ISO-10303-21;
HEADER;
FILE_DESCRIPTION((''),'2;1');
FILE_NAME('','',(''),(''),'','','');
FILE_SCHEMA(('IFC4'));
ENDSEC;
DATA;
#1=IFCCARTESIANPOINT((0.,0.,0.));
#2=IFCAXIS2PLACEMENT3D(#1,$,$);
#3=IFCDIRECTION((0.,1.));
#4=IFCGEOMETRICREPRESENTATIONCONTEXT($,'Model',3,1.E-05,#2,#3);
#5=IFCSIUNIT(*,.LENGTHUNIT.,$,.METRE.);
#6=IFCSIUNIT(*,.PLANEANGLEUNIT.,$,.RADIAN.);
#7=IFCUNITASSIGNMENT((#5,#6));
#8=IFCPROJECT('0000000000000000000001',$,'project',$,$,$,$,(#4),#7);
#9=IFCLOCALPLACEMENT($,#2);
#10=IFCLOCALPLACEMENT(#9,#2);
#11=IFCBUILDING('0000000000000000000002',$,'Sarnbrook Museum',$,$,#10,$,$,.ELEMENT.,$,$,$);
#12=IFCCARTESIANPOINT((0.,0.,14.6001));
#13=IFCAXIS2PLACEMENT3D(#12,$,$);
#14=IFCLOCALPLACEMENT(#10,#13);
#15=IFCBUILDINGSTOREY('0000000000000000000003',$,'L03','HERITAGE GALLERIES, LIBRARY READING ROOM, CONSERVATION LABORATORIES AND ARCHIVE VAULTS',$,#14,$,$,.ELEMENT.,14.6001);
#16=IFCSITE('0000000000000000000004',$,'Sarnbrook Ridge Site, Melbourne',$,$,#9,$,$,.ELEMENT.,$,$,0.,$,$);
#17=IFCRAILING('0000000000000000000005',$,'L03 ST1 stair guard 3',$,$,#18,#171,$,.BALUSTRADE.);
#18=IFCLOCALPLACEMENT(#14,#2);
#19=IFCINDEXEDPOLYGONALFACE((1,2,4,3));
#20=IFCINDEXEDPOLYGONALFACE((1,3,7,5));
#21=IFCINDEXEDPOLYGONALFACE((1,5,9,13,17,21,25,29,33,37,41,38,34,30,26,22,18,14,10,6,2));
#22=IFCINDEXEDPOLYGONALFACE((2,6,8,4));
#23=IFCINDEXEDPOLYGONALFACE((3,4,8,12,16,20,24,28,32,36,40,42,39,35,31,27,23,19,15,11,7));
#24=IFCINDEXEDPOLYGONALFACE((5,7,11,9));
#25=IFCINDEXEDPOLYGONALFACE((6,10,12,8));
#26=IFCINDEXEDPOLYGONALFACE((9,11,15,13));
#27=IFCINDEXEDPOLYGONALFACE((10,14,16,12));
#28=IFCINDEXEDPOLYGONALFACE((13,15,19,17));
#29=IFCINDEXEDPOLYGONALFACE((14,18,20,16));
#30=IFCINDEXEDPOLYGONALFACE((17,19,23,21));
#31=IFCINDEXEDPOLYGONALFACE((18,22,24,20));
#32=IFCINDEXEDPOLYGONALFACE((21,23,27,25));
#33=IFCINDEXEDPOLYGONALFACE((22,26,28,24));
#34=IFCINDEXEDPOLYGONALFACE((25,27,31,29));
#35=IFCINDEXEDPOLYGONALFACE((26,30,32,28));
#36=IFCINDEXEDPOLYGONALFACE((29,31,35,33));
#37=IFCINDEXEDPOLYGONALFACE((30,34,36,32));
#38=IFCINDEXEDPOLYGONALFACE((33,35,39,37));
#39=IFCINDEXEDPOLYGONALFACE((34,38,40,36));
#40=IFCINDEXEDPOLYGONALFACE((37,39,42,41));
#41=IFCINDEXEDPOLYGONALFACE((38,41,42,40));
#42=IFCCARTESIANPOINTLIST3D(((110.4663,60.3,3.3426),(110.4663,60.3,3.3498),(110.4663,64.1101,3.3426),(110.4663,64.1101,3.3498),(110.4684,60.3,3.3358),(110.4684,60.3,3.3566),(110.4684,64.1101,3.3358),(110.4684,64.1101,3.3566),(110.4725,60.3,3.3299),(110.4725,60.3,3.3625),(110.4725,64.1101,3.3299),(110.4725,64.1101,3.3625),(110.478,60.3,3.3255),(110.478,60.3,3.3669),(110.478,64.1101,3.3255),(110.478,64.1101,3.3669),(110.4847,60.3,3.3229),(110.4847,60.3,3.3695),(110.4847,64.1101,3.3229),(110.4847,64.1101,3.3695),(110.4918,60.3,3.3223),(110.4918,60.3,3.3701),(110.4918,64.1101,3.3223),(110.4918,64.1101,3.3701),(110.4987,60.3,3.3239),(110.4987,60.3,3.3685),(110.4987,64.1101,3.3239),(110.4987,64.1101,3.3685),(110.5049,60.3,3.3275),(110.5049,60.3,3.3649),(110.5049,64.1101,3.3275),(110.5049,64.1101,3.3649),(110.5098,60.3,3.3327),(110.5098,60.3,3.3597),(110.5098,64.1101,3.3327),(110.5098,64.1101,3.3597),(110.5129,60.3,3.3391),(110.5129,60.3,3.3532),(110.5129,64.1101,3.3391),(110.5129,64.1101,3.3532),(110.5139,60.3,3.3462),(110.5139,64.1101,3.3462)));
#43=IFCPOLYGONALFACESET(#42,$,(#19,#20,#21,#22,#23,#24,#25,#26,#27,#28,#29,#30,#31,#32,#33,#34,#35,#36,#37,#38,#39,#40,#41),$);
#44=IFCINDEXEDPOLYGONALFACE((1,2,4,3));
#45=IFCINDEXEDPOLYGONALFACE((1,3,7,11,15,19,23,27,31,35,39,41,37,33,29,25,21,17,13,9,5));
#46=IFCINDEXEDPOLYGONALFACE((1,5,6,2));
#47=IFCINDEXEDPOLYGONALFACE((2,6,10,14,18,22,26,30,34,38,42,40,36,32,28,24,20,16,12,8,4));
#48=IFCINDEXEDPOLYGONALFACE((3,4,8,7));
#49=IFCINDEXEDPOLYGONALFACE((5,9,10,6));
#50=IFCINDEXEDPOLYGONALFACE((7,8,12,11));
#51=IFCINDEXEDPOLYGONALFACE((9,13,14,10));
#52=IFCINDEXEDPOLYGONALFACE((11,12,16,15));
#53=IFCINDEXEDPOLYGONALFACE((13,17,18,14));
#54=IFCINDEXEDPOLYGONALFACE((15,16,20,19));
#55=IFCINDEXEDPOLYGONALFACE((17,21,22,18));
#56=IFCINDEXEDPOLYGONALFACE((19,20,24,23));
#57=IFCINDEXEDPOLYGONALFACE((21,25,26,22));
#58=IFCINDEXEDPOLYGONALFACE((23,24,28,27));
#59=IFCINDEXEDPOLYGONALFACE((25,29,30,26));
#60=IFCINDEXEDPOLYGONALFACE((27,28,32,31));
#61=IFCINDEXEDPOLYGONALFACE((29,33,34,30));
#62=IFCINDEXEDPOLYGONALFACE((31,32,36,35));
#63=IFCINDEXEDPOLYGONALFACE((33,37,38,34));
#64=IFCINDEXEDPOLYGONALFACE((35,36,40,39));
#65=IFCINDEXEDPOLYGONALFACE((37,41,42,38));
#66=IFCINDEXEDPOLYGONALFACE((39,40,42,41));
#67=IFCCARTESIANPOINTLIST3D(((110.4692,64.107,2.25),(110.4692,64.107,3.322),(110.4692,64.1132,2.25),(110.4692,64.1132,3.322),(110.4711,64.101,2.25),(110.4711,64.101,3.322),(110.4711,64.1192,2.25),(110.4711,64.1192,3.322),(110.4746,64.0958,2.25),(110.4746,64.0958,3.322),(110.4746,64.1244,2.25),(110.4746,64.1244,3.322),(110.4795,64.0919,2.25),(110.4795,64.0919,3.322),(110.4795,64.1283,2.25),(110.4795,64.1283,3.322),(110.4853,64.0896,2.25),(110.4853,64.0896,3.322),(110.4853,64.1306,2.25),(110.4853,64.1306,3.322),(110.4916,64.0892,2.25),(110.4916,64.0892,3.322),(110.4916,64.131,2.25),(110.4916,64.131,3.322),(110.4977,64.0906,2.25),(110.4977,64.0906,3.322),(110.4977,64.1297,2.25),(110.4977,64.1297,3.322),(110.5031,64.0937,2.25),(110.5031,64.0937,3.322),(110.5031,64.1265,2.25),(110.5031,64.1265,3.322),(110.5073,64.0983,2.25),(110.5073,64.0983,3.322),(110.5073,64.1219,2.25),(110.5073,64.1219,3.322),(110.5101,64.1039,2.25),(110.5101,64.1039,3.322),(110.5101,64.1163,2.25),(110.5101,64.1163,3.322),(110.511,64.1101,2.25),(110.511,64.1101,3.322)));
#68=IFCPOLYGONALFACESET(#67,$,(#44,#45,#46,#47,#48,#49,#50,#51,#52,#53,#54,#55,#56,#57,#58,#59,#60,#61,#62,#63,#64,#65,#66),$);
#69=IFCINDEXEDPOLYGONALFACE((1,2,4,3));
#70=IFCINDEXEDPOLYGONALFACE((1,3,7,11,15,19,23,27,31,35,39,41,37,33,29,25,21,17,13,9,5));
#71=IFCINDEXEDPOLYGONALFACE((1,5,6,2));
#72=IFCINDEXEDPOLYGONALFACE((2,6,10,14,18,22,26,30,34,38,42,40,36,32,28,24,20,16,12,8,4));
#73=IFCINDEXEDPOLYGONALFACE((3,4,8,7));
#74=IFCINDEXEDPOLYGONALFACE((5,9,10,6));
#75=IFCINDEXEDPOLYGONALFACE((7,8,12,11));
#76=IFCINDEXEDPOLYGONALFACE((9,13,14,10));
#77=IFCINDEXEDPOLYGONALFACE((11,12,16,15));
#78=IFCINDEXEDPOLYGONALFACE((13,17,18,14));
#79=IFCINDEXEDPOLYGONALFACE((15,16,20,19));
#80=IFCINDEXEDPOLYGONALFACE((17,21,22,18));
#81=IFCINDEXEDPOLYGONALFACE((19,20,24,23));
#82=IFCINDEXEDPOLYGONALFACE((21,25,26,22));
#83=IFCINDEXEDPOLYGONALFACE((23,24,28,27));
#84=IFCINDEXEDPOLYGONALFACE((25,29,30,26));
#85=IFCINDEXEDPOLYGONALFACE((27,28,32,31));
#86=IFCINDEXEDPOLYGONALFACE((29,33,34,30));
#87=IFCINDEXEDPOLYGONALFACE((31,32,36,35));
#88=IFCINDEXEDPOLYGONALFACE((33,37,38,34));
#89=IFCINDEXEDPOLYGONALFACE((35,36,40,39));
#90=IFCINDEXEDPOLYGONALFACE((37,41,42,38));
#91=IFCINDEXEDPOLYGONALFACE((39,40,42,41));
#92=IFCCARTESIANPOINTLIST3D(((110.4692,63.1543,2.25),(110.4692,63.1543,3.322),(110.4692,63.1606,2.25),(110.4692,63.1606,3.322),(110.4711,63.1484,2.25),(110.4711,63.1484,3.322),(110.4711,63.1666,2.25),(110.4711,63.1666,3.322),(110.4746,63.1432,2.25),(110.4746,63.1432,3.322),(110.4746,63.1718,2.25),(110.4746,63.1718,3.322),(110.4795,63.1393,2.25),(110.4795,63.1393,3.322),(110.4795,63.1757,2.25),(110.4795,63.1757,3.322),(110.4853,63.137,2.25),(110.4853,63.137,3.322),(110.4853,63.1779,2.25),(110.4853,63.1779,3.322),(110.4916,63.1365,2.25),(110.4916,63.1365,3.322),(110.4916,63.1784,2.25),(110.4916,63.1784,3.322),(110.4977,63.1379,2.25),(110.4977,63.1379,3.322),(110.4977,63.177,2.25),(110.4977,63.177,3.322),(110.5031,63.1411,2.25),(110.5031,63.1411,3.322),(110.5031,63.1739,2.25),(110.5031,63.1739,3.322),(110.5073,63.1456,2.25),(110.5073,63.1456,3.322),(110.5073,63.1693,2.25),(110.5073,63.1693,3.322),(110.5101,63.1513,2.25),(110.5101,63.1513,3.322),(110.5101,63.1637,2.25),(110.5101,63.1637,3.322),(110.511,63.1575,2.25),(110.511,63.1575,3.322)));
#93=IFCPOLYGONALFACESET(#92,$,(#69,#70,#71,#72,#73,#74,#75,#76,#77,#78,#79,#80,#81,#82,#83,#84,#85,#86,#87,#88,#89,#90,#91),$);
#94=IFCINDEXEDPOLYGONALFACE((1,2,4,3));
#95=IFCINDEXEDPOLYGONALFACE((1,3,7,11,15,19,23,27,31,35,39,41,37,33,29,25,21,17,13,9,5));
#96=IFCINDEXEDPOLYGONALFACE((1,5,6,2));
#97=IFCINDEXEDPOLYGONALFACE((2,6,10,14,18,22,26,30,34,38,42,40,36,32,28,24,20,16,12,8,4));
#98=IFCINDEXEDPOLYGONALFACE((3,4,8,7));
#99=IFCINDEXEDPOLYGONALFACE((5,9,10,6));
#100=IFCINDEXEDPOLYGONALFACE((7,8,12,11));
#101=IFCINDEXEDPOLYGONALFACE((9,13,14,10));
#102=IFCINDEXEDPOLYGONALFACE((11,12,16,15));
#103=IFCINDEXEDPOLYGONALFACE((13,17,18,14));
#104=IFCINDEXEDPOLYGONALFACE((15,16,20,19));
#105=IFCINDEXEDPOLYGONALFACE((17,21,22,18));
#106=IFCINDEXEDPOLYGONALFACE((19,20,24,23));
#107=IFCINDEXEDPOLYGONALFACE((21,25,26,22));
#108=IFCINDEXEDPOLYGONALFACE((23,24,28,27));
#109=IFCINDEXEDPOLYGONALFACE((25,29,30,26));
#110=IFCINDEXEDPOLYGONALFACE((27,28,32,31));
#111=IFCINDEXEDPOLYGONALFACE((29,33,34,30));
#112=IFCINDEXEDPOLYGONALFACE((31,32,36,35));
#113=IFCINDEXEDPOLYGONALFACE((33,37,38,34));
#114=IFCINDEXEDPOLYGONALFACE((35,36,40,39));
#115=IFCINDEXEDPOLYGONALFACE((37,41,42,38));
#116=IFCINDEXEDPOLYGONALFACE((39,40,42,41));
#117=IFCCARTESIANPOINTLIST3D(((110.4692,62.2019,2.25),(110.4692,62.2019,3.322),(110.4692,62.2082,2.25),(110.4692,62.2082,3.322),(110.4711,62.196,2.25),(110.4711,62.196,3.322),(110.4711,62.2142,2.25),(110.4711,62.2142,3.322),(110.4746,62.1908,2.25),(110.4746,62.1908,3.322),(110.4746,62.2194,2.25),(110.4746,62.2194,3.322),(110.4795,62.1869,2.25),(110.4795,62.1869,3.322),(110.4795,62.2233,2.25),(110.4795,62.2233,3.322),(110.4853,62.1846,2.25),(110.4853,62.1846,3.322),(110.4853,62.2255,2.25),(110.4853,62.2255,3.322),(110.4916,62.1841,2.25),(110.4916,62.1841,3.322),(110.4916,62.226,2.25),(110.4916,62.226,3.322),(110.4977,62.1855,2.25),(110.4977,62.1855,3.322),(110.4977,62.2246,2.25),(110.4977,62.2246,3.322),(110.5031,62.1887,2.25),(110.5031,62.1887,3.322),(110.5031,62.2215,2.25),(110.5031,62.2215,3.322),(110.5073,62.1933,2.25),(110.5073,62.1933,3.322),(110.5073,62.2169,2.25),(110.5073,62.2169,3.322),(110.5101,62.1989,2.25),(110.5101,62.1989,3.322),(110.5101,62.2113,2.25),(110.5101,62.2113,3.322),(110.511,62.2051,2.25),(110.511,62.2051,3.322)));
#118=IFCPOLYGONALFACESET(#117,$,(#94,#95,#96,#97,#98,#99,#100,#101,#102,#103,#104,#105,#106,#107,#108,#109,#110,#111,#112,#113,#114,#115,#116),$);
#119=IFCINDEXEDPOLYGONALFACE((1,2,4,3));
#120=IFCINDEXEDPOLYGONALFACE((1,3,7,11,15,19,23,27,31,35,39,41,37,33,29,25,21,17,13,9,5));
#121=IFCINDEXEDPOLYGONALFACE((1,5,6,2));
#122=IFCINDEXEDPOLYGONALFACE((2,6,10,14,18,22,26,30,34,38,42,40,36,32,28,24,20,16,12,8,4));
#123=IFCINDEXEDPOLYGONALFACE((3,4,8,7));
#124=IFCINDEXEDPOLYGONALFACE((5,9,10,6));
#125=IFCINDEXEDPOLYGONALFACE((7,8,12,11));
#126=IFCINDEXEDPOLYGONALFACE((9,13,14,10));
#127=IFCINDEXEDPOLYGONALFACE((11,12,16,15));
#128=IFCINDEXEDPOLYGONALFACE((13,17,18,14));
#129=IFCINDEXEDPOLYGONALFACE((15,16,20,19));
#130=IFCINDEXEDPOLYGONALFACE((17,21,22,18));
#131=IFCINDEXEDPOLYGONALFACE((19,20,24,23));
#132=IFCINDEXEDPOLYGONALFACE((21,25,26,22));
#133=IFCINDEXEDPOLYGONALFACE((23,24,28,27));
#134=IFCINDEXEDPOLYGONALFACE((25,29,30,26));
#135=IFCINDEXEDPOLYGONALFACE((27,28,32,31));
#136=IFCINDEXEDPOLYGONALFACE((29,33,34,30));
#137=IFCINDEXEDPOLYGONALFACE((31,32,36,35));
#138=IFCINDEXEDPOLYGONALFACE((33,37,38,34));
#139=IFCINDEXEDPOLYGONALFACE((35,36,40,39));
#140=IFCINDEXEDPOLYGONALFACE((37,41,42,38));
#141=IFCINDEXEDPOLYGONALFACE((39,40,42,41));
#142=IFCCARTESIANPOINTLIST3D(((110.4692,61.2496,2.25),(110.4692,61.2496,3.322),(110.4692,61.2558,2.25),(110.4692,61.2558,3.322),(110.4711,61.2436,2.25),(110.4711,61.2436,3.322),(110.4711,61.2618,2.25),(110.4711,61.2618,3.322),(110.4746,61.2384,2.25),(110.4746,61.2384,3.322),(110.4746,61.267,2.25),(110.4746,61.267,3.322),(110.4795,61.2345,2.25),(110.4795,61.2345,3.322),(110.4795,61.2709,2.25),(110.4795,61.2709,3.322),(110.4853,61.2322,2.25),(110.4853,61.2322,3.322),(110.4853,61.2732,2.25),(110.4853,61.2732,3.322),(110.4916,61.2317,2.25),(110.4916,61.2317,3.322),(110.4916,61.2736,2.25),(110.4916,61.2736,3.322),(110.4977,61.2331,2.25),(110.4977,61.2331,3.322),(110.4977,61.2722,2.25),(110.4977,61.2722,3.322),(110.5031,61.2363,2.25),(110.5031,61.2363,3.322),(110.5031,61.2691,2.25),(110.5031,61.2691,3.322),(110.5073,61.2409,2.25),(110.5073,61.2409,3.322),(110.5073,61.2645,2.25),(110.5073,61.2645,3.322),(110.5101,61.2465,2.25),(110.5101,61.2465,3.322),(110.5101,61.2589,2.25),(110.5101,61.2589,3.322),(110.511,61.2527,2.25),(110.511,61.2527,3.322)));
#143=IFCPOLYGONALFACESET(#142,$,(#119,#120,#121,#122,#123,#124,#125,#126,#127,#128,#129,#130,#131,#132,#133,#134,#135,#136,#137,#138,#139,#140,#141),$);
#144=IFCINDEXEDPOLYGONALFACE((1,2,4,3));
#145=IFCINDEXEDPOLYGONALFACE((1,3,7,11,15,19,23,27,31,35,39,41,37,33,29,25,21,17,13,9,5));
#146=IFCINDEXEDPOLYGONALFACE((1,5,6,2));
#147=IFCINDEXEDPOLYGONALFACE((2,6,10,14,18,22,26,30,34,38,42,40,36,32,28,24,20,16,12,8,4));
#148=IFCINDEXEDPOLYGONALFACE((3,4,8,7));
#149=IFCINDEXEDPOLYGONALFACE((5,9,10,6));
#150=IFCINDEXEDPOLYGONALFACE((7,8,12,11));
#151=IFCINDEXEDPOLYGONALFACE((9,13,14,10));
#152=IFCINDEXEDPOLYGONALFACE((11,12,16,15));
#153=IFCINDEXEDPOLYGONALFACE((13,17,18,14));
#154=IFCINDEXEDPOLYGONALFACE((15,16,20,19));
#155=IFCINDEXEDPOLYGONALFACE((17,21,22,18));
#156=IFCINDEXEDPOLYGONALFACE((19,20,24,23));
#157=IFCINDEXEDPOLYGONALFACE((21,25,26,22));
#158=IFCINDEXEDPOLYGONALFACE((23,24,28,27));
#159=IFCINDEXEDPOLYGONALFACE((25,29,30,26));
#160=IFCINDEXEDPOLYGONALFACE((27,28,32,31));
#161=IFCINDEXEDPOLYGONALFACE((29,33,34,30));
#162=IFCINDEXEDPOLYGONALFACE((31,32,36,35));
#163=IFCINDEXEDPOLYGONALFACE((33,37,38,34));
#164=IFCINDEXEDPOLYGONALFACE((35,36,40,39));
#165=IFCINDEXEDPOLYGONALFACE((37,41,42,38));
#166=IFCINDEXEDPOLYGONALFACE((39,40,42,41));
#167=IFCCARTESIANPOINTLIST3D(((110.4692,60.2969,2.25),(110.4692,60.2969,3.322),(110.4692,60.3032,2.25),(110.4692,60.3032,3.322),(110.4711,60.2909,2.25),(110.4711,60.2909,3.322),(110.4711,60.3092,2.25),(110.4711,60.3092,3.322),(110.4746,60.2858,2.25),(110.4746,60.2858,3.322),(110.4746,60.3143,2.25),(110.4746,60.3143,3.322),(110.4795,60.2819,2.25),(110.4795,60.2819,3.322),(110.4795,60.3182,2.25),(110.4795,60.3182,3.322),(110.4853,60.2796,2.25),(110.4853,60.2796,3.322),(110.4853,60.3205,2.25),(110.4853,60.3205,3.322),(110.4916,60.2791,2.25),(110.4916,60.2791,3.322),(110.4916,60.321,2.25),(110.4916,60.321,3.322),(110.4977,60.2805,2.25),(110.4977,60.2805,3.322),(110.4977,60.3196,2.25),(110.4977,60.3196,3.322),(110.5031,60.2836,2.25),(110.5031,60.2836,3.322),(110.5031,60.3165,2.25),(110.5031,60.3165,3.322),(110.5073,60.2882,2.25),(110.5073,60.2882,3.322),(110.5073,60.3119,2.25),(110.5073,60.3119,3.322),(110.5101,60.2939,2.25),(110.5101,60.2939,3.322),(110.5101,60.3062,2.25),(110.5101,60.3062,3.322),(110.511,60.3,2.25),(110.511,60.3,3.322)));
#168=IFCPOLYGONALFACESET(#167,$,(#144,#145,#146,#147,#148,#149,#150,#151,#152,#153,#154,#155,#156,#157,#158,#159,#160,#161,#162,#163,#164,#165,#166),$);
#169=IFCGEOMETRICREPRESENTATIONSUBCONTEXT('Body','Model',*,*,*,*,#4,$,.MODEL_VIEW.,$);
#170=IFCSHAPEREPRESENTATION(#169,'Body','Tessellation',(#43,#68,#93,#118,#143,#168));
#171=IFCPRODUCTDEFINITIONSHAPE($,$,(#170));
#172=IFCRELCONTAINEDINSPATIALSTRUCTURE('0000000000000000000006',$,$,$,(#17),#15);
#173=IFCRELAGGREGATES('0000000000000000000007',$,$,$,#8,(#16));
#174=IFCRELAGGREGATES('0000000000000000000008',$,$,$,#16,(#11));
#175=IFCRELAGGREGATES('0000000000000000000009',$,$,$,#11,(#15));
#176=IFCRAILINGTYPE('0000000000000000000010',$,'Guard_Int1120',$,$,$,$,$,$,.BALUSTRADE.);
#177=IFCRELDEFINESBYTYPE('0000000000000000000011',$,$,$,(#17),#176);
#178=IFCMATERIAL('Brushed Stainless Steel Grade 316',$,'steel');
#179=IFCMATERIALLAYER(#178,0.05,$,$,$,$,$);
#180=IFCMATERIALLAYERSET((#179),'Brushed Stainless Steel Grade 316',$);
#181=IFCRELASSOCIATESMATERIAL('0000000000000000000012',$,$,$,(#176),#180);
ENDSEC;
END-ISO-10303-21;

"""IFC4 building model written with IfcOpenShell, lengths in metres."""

from ifc_helpers import new_model, si_unit, direction, frame, origin, origin_2d, place, context, subcontext, project, spatial, circle, extrude, material, layer, layer_set, type_object, element, save


model = new_model("IFC4")

# Units and contexts
model_context = context("Model", 3, precision=1e-05, world=origin(), true_north=direction((0.0, 1.0)))
body_context = subcontext(model_context, "Body", "Model", "MODEL_VIEW")
ifc_project = project(units=[si_unit("LENGTHUNIT", "METRE"), si_unit("PLANEANGLEUNIT", "RADIAN")], contexts=[model_context])

# Site, building, storey
site_placement = place(None, origin())
site = spatial("IfcSite", under=ifc_project, at=site_placement, Name="Sarnbrook Ridge Site, Melbourne", CompositionType="ELEMENT", RefElevation=0.0)
building_placement = place(site_placement, origin())
building = spatial("IfcBuilding", under=site, at=building_placement, Name="Sarnbrook Museum", CompositionType="ELEMENT")
storey_placement = place(building_placement, frame((0.0, 0.0, 14.6001)))
storey = spatial("IfcBuildingStorey", under=building, at=storey_placement, Name="L03", Description="HERITAGE GALLERIES, LIBRARY READING ROOM, CONSERVATION LABORATORIES AND ARCHIVE VAULTS", CompositionType="ELEMENT", Elevation=14.6001)

# Shared definitions
ifc_material_1 = material(Name="Brushed Stainless Steel Grade 316", Category="steel")

# Railing
ifc_layer_1 = layer(ifc_material_1, 0.05)
ifc_layer_set_1 = layer_set([ifc_layer_1], Name="Brushed Stainless Steel Grade 316")
railing_type = type_object("IfcRailingType", Name="Guard_Int1120", PredefinedType="BALUSTRADE", material=ifc_layer_set_1)
for number, where, name in (
    (1, (110.49, 64.1101, 2.25), "L03 ST1 stair guard 3"),
):
    element("IfcRailing", number, at=place(storey_placement, frame(where)), inside=storey, type_object=railing_type, Name=name, PredefinedType="BALUSTRADE", context=body_context, shape_type="SweptSolid", body=[
        extrude(circle(Radius=0.0239, at=origin_2d()), frame((0.0, 0.0, 1.0962), z_axis=(0.0, -1.0, 0.0), x_axis=(1.0, 0.0, 0.0)), (0.0, 0.0, 1.0), 3.8101),
        extrude(circle(Radius=0.021, at=origin_2d()), origin(), (0.0, 0.0, 1.0), 1.072),
        extrude(circle(Radius=0.021, at=origin_2d()), frame((0.0, -0.9526, 0.0)), (0.0, 0.0, 1.0), 1.072),
        extrude(circle(Radius=0.021, at=origin_2d()), frame((0.0, -1.905, 0.0)), (0.0, 0.0, 1.0), 1.072),
        extrude(circle(Radius=0.021, at=origin_2d()), frame((0.0, -2.8574, 0.0)), (0.0, 0.0, 1.0), 1.072),
        extrude(circle(Radius=0.021, at=origin_2d()), frame((0.0, -3.8101, 0.0)), (0.0, 0.0, 1.0), 1.072),
    ])

save(model, "model.ifc")
